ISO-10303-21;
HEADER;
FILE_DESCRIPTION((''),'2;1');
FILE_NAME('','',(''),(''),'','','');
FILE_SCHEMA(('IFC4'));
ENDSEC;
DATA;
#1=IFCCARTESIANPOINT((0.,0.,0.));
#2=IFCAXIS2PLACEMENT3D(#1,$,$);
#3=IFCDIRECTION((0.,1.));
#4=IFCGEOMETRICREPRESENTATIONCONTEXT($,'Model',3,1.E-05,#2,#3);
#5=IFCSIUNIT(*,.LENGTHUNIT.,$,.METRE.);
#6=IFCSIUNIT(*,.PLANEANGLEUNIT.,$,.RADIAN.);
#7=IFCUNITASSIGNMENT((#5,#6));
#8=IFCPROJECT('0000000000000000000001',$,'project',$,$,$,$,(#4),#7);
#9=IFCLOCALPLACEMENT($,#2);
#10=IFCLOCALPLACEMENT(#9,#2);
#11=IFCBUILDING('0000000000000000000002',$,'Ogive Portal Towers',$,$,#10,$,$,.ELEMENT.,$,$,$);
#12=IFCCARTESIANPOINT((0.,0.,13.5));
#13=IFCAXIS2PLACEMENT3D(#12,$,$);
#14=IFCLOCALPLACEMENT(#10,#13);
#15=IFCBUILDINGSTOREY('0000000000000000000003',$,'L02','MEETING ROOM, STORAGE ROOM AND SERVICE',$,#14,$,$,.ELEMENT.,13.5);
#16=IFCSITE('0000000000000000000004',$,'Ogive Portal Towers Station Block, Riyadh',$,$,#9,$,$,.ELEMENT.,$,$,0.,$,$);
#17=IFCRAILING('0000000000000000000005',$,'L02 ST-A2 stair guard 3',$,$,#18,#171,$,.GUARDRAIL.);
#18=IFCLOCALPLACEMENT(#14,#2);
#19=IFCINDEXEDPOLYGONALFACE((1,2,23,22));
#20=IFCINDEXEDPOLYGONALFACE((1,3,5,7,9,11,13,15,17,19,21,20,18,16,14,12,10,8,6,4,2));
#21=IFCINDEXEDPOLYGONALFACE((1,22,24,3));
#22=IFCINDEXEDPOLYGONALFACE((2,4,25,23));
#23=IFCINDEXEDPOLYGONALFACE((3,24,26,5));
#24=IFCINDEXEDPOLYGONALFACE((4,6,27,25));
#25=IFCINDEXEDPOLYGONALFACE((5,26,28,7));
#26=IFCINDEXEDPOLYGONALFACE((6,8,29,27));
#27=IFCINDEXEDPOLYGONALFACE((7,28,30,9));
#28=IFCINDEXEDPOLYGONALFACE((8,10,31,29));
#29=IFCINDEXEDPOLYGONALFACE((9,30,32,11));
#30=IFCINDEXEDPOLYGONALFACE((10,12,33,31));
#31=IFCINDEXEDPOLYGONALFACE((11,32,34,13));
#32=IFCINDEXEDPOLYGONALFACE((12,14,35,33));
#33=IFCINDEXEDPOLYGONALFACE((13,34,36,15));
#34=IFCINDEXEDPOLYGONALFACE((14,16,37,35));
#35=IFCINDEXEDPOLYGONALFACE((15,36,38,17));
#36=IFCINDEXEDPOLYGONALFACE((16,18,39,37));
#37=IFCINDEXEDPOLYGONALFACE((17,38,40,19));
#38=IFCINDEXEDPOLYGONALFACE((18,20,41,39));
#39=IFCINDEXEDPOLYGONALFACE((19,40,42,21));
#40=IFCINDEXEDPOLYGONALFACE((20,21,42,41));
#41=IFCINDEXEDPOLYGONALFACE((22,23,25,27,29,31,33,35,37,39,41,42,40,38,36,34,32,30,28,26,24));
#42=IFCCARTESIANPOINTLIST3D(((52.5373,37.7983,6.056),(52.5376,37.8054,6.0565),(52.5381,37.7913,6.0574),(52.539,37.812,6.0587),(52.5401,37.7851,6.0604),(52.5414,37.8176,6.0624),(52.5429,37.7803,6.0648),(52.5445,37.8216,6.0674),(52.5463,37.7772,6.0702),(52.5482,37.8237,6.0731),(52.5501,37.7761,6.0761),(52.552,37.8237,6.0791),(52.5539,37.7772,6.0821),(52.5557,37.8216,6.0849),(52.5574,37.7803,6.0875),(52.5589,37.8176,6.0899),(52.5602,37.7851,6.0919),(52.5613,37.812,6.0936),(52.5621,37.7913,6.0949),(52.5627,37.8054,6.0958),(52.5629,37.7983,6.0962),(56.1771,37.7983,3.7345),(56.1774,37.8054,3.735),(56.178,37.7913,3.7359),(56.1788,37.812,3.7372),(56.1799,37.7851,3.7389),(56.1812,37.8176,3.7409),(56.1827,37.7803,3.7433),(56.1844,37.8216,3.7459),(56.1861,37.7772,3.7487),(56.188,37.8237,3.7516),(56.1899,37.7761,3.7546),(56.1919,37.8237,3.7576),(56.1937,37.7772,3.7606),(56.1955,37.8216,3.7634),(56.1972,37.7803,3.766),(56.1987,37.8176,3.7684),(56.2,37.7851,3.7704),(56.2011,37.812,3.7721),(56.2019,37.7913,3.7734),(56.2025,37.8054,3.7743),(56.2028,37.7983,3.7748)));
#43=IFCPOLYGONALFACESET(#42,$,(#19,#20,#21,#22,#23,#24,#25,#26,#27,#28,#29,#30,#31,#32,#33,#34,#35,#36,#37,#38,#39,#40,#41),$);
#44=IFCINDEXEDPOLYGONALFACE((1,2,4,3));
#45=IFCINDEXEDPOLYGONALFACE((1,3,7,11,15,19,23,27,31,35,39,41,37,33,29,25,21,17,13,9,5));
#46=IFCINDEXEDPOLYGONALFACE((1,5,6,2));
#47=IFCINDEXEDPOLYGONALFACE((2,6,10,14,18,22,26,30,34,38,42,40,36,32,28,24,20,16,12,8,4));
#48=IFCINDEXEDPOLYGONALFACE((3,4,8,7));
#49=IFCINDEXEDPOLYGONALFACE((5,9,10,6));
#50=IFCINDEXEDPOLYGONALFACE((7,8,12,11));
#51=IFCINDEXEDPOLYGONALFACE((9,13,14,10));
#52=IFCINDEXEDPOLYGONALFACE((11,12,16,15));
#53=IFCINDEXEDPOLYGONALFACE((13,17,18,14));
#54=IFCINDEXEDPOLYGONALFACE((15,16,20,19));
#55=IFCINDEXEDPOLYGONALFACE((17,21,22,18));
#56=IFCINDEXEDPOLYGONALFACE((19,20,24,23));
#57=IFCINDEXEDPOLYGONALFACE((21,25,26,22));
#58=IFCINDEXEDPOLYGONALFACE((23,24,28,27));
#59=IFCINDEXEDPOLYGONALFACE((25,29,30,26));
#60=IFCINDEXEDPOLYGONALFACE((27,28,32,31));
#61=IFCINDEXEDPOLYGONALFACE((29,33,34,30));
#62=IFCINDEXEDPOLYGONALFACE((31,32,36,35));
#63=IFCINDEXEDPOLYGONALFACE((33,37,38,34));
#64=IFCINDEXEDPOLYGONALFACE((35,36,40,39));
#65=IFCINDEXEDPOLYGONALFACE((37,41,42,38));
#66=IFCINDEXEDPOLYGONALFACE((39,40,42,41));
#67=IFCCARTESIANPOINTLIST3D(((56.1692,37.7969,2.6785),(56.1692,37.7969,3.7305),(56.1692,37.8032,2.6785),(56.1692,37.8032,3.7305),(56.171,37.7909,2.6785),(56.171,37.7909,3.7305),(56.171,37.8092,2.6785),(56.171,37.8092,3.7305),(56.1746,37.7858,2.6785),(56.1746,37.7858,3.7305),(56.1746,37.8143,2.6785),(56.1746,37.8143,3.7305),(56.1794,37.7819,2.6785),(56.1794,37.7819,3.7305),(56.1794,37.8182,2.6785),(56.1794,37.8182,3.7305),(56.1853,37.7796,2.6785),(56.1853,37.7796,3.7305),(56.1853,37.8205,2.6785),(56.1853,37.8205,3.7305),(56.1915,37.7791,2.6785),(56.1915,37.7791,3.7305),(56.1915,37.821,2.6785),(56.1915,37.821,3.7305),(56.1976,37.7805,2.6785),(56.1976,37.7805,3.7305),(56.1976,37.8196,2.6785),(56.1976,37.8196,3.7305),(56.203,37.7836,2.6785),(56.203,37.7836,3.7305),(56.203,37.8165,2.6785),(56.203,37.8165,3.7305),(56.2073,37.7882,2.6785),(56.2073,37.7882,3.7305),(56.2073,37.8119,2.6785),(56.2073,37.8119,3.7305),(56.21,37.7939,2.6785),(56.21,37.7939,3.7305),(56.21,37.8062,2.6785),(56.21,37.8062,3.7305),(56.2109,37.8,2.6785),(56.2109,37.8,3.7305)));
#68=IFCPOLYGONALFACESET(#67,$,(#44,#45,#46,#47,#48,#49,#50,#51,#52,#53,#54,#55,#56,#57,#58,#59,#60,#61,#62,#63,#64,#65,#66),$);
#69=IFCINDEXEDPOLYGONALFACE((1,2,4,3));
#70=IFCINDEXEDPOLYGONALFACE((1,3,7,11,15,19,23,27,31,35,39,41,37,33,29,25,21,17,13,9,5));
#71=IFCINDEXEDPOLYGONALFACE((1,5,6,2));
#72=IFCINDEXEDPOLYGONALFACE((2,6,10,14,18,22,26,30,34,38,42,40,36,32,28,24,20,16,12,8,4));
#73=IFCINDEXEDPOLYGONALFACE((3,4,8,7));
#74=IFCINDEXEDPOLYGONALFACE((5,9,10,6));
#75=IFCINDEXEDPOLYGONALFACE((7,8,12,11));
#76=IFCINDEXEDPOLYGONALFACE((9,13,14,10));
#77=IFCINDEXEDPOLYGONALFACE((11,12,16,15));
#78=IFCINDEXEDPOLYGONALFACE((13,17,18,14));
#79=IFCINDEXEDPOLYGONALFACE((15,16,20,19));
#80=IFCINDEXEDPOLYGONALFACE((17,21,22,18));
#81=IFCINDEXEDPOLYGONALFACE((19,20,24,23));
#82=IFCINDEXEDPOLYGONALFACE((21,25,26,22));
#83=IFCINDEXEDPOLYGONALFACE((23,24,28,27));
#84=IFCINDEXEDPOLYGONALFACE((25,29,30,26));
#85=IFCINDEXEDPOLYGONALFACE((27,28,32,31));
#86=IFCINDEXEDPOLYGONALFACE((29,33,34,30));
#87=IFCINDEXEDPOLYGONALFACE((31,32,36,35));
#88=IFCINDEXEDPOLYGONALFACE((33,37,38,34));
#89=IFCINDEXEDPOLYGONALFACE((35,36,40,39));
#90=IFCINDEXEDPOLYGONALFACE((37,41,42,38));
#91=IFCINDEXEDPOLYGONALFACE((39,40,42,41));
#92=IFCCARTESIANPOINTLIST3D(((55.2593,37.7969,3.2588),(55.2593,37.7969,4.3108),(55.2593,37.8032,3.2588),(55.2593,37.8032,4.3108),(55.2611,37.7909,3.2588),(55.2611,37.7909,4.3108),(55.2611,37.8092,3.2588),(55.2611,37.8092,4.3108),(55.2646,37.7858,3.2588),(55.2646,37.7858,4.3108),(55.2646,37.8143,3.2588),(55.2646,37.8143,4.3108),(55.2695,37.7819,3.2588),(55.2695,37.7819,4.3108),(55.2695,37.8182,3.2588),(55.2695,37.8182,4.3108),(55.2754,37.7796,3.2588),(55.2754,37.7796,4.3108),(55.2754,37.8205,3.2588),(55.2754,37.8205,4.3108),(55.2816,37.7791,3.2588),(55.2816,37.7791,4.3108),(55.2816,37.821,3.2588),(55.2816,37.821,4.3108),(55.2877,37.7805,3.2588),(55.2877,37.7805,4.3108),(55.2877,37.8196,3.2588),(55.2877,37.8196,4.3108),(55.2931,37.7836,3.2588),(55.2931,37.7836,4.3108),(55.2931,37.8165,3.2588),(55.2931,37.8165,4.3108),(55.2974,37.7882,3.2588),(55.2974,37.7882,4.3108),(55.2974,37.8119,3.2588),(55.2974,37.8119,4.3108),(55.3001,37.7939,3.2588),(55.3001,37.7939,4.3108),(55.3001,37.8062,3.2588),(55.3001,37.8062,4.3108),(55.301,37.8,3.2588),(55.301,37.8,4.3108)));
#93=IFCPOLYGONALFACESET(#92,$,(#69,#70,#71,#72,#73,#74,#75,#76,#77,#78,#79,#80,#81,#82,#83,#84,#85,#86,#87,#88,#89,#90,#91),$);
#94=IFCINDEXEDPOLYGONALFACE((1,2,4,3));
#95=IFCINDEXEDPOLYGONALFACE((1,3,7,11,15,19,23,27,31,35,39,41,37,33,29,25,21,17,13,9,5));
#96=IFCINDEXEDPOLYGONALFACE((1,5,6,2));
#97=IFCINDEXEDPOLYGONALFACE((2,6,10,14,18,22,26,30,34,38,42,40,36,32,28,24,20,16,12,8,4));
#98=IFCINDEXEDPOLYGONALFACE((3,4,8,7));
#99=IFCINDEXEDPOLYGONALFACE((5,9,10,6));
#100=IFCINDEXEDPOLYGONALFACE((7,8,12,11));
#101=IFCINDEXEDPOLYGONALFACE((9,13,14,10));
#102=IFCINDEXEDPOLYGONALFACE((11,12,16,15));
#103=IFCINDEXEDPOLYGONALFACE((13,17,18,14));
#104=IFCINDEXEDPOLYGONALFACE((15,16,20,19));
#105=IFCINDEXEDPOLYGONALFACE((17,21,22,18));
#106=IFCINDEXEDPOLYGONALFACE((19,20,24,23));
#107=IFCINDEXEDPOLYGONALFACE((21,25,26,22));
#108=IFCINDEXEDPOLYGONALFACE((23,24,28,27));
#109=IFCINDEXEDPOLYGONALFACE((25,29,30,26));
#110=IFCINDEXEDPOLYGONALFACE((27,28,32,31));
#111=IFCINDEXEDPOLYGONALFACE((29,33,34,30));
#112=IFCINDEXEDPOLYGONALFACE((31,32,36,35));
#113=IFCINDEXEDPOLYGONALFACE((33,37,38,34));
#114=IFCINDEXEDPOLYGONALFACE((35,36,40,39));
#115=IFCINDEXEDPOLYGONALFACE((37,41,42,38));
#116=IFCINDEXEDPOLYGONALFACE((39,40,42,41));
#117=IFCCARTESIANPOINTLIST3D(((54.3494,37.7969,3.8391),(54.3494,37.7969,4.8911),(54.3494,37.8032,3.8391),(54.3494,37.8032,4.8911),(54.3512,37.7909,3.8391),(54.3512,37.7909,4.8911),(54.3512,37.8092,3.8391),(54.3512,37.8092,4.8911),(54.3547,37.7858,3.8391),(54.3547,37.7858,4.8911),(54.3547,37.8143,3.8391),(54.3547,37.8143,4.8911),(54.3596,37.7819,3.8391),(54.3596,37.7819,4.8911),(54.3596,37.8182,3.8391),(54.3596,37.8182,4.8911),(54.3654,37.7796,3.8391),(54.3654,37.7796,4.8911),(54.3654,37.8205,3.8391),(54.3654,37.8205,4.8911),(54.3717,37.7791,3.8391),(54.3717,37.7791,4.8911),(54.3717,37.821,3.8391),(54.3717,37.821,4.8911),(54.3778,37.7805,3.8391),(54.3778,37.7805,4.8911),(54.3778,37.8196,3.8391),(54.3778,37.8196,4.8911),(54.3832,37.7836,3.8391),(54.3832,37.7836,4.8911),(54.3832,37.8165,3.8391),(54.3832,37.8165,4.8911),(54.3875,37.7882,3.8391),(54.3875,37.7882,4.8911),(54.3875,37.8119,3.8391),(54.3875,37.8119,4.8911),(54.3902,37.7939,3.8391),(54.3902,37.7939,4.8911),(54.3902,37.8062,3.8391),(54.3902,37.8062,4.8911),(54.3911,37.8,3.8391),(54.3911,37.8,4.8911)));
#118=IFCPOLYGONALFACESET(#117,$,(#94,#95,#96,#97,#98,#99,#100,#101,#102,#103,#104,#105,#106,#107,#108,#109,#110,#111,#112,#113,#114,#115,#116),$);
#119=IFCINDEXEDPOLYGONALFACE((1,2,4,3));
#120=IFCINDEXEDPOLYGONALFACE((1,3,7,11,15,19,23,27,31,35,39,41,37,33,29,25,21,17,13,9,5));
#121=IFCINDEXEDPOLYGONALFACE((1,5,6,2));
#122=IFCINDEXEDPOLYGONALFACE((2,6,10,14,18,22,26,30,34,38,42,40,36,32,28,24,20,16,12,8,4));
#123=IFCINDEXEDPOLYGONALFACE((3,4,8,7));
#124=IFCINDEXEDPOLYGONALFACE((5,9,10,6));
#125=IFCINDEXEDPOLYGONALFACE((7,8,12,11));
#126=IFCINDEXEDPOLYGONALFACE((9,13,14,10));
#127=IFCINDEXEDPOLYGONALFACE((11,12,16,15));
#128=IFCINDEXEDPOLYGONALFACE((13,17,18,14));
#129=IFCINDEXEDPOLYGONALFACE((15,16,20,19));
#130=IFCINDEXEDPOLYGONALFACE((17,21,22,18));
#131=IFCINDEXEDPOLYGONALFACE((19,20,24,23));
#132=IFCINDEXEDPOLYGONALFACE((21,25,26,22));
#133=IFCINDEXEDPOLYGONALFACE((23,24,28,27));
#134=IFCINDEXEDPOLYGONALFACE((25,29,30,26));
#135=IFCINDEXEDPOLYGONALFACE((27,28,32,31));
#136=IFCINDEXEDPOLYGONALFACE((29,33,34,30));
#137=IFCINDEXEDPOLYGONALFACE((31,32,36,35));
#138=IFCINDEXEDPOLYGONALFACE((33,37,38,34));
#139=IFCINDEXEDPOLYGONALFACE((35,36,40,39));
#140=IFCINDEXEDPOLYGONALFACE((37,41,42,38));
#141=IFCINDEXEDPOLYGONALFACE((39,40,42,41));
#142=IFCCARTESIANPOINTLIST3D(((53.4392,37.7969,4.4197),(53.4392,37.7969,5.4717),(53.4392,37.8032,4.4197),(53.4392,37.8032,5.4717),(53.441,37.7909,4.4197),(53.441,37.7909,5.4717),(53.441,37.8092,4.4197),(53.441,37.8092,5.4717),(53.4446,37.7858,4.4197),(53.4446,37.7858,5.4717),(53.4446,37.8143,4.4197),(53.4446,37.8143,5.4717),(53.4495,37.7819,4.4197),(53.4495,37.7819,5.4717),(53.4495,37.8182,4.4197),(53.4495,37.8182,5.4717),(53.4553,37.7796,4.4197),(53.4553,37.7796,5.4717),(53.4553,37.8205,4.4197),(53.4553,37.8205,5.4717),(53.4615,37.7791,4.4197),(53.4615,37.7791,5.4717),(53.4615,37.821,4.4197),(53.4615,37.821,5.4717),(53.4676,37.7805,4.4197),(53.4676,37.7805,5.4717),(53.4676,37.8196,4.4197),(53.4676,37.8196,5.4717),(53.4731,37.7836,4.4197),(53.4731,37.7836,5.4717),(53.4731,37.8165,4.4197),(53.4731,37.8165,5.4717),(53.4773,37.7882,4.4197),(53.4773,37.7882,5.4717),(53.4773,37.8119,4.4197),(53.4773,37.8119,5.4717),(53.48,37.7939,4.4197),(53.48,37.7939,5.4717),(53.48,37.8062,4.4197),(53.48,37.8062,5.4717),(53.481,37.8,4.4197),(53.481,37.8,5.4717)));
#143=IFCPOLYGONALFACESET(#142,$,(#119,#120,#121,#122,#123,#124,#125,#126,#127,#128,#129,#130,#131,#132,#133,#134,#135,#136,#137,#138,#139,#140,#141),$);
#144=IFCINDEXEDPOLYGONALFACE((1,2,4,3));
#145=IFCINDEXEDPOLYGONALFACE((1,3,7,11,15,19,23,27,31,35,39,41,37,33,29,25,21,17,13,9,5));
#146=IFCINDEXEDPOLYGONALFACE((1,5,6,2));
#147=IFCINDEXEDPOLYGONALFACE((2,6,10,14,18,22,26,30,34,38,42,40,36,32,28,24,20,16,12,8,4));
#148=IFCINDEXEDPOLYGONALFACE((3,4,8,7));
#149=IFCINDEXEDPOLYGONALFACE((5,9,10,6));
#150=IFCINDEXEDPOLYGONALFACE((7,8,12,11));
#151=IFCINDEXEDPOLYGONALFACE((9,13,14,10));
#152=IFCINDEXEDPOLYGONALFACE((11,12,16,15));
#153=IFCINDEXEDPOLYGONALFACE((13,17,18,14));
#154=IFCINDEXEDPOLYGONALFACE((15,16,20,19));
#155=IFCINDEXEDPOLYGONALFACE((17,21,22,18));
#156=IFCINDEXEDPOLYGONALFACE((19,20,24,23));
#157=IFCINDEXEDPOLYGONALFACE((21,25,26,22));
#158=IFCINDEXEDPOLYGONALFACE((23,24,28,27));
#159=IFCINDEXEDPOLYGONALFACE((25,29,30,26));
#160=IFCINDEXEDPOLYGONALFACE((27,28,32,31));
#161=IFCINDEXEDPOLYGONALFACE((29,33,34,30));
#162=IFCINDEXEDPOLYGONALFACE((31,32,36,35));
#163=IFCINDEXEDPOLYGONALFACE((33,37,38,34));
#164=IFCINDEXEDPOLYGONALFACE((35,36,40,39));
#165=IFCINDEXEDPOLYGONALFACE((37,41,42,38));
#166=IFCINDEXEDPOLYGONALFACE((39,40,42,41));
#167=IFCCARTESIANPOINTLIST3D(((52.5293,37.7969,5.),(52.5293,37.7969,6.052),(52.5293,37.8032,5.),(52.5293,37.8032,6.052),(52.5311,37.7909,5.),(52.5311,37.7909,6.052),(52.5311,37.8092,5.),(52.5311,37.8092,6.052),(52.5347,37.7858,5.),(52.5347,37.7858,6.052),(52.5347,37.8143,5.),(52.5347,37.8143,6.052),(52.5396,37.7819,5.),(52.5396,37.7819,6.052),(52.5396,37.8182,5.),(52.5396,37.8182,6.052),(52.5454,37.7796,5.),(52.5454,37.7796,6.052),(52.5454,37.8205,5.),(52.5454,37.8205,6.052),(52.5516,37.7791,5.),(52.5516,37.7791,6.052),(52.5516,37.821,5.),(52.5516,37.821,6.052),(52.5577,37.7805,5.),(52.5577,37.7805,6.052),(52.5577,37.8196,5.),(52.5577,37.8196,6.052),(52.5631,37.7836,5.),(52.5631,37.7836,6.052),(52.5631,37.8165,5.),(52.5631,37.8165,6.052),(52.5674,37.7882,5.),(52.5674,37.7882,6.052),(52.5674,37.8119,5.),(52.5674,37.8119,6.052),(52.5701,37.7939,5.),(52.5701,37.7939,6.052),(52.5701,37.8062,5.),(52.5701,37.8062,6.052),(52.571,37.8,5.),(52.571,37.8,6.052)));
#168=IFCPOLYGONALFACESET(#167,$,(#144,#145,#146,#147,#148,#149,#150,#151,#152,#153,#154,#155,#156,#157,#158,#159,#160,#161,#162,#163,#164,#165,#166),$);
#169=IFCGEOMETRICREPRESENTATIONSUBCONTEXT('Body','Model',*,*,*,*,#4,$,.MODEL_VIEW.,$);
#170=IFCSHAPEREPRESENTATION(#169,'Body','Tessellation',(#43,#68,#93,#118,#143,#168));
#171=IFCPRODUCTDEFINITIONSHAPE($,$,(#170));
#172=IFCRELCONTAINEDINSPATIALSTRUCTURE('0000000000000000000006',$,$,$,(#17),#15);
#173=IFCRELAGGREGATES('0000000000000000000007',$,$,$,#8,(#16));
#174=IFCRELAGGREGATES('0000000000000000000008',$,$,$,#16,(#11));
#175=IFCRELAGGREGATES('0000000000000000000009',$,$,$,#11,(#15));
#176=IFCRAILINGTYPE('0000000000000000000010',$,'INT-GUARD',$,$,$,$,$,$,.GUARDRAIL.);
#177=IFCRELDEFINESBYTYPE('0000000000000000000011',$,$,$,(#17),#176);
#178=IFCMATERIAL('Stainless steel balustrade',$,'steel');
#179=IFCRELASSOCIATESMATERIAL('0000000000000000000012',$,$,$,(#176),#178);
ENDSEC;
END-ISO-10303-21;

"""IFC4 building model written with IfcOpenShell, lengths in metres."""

from ifc_helpers import new_model, si_unit, direction, frame, origin, origin_2d, place, context, subcontext, project, spatial, circle, extrude, material, type_object, element, save


model = new_model("IFC4")

# Units and contexts
model_context = context("Model", 3, precision=1e-05, world=origin(), true_north=direction((0.0, 1.0)))
body_context = subcontext(model_context, "Body", "Model", "MODEL_VIEW")
ifc_project = project(units=[si_unit("LENGTHUNIT", "METRE"), si_unit("PLANEANGLEUNIT", "RADIAN")], contexts=[model_context])

# Site, building, storey
site_placement = place(None, origin())
site = spatial("IfcSite", under=ifc_project, at=site_placement, Name="Ogive Portal Towers Station Block, Riyadh", CompositionType="ELEMENT", RefElevation=0.0)
building_placement = place(site_placement, origin())
building = spatial("IfcBuilding", under=site, at=building_placement, Name="Ogive Portal Towers", CompositionType="ELEMENT")
storey_placement = place(building_placement, frame((0.0, 0.0, 13.5)))
storey = spatial("IfcBuildingStorey", under=building, at=storey_placement, Name="L02", Description="MEETING ROOM, STORAGE ROOM AND SERVICE", CompositionType="ELEMENT", Elevation=13.5)

# Railing
ifc_material_1 = material(Name="Stainless steel balustrade", Category="steel")
railing_type_1 = type_object("IfcRailingType", Name="INT-GUARD", PredefinedType="GUARDRAIL", material=ifc_material_1)
railing_1_placement = place(storey_placement, frame((56.1899, 37.8, 2.6785)))
element("IfcRailing", 1, at=railing_1_placement, inside=storey, type_object=railing_type_1, Name="L02 ST-A2 stair guard 3", PredefinedType="GUARDRAIL", context=body_context, shape_type="SweptSolid", body=[
    extrude(circle(Radius=0.0239, at=origin_2d()), frame((0.0, 0.0, 1.0762), z_axis=(-0.843112, 0.0, 0.537739), x_axis=(0.0, -1.0, 0.0)), (0.0, 0.0, 1.0), 4.3171),
    extrude(circle(Radius=0.021, at=origin_2d()), origin(), (0.0, 0.0, 1.0), 1.052),
    extrude(circle(Radius=0.021, at=origin_2d()), frame((-0.9099, 0.0, 0.5803)), (0.0, 0.0, 1.0), 1.052),
    extrude(circle(Radius=0.021, at=origin_2d()), frame((-1.8198, 0.0, 1.1606)), (0.0, 0.0, 1.0), 1.052),
    extrude(circle(Radius=0.021, at=origin_2d()), frame((-2.73, 0.0, 1.7412)), (0.0, 0.0, 1.0), 1.052),
    extrude(circle(Radius=0.021, at=origin_2d()), frame((-3.6399, 0.0, 2.3215)), (0.0, 0.0, 1.0), 1.052),
])

save(model, "model.ifc")
